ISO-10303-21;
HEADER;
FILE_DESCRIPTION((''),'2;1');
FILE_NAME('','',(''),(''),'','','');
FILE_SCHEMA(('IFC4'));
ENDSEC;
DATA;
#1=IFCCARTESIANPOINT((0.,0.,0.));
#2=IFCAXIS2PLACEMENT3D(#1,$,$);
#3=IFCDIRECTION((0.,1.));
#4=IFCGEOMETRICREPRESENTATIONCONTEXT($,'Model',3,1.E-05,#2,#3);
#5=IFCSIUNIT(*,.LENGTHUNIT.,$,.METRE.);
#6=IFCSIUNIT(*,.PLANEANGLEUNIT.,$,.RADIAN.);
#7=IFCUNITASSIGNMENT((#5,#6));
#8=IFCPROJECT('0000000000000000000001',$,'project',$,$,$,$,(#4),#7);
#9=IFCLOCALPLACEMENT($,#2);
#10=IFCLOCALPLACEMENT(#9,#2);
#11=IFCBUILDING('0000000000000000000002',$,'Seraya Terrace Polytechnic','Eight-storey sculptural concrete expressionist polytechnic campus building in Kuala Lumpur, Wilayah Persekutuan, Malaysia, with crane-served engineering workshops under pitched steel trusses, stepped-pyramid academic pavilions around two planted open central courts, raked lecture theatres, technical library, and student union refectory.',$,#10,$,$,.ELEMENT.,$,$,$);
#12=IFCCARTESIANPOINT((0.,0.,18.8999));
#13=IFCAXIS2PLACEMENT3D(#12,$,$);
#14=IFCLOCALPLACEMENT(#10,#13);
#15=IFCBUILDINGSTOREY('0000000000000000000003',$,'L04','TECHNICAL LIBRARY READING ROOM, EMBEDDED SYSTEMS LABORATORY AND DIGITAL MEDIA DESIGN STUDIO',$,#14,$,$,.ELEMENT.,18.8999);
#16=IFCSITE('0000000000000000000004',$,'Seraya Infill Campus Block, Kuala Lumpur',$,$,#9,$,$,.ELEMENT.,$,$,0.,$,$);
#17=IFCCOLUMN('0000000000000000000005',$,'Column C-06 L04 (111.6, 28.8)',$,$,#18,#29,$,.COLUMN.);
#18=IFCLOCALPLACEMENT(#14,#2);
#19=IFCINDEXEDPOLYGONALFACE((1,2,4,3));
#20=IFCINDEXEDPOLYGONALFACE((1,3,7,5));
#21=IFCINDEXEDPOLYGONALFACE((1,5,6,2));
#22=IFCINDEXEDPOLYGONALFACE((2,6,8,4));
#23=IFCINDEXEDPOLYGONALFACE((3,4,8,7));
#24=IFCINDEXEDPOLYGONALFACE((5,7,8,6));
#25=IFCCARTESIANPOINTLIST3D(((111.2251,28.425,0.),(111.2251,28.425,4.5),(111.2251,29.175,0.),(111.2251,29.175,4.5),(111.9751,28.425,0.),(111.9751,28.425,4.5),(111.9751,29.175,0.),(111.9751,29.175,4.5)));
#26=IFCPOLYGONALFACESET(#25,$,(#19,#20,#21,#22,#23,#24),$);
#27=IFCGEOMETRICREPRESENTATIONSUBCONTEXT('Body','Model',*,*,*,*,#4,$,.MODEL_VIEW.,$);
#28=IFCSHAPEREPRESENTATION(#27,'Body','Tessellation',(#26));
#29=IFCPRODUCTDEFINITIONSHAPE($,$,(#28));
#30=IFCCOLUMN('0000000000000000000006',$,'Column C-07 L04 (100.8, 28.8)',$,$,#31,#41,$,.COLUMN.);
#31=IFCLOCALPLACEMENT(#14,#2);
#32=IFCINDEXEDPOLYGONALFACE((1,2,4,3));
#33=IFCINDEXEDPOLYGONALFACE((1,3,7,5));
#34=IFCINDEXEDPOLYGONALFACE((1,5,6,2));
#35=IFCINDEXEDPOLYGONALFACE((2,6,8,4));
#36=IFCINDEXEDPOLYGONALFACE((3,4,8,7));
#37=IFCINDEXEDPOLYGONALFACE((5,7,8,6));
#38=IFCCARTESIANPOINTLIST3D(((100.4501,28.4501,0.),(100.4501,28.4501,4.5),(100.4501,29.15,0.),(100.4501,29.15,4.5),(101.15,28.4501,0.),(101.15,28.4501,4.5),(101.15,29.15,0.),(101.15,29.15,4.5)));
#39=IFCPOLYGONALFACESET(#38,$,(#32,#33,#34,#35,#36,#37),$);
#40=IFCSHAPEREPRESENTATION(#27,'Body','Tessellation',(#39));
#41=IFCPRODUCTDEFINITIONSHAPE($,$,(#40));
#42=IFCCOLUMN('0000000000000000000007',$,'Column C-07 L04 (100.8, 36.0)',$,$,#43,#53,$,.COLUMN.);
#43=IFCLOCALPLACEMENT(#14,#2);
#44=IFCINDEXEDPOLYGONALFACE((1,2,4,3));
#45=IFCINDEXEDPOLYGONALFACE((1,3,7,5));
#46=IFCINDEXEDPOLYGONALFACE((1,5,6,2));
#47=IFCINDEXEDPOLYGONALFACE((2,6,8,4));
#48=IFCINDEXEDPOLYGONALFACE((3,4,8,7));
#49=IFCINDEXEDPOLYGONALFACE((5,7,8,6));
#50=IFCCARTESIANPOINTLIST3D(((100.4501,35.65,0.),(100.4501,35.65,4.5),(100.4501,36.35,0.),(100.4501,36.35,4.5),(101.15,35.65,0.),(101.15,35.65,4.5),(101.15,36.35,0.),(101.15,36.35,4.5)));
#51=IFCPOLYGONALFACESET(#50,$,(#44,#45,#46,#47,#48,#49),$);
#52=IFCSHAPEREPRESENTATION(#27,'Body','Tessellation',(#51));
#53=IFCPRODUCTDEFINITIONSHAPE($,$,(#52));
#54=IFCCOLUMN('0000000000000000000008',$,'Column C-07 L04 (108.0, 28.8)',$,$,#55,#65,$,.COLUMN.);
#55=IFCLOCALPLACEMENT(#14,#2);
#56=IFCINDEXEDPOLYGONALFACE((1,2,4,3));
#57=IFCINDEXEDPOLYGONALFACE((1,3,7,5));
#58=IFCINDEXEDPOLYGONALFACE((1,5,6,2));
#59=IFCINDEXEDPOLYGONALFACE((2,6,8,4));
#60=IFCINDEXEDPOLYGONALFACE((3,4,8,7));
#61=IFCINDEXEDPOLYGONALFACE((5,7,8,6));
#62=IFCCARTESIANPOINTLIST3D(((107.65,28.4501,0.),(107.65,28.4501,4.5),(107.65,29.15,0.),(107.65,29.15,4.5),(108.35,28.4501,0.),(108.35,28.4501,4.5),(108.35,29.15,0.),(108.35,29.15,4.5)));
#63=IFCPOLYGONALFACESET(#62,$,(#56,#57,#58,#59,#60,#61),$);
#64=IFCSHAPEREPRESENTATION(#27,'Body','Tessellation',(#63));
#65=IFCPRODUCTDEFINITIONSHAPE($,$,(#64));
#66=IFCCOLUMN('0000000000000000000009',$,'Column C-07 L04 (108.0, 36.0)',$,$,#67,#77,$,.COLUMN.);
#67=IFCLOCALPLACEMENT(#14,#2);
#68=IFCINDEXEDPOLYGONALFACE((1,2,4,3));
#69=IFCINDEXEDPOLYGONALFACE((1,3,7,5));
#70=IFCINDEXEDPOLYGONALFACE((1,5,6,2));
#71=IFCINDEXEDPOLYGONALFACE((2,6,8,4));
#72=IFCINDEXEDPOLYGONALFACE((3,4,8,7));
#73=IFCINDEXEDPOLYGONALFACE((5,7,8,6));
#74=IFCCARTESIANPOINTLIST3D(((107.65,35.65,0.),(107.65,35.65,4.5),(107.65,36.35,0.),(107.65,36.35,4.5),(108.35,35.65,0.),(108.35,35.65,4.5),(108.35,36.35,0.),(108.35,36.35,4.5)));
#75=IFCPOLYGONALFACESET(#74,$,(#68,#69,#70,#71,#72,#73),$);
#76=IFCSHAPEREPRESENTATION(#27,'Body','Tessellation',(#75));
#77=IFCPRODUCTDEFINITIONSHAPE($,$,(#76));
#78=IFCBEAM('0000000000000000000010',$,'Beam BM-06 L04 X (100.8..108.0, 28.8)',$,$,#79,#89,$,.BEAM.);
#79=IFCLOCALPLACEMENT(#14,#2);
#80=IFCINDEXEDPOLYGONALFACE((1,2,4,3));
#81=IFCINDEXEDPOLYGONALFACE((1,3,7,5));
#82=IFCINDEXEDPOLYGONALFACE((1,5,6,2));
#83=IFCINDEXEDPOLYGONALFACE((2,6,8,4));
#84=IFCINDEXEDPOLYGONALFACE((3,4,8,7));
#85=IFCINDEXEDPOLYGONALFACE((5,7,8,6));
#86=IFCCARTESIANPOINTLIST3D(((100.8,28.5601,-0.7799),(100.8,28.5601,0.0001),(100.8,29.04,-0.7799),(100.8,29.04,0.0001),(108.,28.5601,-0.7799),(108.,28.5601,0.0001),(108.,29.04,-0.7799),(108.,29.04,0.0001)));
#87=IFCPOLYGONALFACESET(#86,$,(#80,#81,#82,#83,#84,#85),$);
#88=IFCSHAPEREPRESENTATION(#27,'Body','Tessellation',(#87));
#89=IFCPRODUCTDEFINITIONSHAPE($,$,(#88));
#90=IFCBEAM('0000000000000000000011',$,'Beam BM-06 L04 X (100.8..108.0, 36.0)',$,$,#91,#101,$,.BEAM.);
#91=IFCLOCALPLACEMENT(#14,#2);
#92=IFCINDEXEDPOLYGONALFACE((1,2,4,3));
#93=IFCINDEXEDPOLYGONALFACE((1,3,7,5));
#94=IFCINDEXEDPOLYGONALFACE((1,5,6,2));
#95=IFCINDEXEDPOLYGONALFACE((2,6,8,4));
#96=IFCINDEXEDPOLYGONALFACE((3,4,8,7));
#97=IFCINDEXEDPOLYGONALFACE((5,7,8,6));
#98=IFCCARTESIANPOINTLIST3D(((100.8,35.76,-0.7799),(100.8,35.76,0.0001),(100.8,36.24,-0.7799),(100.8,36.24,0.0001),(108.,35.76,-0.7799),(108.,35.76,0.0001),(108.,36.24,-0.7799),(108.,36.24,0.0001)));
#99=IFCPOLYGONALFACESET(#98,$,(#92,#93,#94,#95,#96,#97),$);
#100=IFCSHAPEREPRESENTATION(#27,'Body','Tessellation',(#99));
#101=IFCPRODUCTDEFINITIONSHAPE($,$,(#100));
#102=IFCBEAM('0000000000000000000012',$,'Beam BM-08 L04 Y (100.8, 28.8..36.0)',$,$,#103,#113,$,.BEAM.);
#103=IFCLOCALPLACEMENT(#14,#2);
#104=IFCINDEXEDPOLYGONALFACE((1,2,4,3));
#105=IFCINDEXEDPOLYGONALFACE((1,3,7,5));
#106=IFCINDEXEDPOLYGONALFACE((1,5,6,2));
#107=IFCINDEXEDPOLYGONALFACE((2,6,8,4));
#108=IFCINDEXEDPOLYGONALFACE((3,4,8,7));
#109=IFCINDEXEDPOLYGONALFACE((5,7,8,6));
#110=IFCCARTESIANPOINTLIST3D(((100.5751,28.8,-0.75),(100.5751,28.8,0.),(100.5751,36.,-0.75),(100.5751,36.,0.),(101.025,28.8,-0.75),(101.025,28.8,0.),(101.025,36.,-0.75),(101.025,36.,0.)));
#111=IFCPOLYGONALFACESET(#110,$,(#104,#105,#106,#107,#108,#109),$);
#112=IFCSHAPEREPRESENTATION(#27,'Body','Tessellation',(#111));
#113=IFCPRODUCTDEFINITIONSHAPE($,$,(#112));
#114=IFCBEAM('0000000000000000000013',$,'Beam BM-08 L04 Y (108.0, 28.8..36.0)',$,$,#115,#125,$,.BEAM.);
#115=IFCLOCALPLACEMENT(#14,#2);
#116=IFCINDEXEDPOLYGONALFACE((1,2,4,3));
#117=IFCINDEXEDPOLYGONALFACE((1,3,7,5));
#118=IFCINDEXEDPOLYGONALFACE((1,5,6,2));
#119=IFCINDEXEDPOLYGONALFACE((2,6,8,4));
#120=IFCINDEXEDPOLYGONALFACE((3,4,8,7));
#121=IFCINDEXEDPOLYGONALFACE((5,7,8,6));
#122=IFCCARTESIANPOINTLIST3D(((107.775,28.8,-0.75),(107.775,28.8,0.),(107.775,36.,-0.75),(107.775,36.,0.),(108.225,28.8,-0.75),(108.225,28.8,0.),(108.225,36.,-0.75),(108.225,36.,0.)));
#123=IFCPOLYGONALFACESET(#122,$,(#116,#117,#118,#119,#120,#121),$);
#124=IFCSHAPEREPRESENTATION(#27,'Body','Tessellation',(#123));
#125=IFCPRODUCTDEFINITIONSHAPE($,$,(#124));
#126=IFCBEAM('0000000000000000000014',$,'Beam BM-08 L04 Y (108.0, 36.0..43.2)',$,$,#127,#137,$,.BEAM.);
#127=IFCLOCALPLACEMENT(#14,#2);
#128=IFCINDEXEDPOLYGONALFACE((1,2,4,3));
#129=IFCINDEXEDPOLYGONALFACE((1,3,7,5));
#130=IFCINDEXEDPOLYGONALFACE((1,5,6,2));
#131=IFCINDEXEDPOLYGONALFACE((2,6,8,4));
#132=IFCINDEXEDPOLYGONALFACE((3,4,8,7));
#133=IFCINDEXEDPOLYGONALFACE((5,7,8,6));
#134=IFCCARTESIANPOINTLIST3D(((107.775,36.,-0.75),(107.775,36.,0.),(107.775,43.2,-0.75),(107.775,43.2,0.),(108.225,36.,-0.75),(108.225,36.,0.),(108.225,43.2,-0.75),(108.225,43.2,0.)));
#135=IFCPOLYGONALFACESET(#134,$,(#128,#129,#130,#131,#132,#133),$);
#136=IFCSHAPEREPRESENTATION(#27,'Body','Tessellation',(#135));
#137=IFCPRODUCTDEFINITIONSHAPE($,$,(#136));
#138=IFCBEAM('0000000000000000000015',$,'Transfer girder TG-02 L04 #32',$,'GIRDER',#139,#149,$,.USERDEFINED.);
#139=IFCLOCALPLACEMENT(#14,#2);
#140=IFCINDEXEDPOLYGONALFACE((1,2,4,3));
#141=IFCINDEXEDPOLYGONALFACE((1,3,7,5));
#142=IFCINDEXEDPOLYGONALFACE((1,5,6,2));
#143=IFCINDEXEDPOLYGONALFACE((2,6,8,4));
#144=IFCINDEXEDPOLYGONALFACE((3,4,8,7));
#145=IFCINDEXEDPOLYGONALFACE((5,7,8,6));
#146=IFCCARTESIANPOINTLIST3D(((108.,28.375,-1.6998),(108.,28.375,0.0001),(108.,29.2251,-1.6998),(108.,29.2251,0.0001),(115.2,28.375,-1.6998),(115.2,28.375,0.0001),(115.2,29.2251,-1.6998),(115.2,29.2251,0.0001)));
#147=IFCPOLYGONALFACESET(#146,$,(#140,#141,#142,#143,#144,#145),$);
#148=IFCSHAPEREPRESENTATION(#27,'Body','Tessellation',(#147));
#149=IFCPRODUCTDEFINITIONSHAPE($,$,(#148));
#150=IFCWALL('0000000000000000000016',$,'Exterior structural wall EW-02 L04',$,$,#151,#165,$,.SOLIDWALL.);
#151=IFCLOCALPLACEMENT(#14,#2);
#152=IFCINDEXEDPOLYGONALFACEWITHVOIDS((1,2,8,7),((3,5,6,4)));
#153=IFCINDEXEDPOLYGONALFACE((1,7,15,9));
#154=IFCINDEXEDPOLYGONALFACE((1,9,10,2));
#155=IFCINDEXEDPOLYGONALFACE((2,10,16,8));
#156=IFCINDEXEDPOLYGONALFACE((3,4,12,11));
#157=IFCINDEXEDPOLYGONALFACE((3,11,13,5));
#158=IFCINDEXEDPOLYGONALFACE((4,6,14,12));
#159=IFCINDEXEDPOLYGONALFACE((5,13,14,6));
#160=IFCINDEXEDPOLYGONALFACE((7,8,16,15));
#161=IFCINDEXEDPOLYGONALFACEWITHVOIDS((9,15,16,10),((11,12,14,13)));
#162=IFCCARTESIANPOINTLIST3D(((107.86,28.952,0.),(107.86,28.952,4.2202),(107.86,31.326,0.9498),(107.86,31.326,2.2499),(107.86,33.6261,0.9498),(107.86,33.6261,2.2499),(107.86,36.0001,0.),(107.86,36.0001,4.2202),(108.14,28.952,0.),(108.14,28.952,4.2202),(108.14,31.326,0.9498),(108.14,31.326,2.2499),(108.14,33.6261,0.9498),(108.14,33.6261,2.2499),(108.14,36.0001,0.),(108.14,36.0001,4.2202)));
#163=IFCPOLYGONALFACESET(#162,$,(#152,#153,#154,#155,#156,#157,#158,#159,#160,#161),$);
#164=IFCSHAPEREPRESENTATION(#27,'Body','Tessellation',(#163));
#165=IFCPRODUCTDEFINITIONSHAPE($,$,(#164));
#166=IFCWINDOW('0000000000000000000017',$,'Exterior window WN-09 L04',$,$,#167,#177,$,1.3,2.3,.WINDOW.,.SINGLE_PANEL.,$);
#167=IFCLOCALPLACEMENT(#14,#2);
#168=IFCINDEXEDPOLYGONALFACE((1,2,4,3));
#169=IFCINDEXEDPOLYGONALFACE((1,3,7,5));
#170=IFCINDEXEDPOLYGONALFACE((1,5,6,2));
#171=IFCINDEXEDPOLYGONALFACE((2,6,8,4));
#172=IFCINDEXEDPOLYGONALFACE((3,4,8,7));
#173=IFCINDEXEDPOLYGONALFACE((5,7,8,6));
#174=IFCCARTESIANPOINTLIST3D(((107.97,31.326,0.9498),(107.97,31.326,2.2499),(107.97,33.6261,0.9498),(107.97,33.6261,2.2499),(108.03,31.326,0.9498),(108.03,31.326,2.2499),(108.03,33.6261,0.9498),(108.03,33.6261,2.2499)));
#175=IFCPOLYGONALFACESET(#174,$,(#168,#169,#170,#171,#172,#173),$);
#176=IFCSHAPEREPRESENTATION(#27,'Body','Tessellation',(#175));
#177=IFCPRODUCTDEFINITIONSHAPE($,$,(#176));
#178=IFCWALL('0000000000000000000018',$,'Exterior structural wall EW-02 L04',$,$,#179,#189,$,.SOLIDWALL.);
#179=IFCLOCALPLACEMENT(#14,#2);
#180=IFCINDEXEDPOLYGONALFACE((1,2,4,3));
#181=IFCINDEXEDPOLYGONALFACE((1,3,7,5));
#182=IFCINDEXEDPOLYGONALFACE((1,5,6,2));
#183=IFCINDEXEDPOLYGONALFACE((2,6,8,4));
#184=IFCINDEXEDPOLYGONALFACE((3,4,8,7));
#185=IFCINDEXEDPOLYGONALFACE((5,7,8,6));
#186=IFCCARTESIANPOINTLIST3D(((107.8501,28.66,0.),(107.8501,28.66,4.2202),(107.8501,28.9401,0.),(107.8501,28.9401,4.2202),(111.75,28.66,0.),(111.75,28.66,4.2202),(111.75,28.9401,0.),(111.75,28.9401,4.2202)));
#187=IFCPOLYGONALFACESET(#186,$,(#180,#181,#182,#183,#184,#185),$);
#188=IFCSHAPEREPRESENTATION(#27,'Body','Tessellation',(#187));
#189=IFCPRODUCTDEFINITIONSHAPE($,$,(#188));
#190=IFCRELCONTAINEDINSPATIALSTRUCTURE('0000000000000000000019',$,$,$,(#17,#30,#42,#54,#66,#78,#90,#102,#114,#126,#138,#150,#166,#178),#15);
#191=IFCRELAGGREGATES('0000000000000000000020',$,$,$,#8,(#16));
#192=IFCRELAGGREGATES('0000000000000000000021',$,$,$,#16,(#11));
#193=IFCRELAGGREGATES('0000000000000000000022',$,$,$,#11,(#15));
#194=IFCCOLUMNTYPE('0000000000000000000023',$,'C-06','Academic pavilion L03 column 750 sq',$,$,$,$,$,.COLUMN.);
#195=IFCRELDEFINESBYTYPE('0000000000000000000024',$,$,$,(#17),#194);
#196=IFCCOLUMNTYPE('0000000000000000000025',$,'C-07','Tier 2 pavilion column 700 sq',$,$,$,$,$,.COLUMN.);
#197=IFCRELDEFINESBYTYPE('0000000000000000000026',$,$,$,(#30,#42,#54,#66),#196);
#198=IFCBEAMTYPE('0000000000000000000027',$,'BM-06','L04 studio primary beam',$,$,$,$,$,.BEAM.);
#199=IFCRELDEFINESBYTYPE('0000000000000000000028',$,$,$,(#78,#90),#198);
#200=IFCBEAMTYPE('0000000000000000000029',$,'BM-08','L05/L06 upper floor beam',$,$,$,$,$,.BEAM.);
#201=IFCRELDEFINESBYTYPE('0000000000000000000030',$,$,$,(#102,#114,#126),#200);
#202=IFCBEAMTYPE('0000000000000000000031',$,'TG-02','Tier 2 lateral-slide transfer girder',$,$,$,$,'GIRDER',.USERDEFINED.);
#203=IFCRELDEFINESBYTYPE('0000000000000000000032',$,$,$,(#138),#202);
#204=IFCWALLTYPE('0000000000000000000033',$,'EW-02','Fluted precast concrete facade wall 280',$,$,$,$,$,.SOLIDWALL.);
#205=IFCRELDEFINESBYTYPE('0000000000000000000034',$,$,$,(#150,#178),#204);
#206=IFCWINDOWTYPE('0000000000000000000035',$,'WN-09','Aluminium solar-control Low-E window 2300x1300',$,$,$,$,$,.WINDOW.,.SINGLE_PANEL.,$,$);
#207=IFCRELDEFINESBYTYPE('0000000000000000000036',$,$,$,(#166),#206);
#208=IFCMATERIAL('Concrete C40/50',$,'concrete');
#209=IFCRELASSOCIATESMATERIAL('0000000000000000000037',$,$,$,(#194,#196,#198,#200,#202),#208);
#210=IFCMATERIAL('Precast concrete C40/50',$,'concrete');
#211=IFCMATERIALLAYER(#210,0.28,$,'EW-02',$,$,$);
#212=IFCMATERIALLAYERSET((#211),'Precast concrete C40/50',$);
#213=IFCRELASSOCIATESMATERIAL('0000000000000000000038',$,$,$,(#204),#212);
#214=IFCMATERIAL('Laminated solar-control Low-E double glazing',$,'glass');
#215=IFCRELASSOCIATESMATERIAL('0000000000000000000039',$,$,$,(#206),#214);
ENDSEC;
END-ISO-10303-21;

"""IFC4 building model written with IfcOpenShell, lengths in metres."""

from ifc_helpers import new_model, si_unit, direction, frame, frame_2d, origin, origin_2d, place, context, subcontext, project, spatial, rectangle, extrude, material, layer, layer_set, material_profile, profile_set, type_object, element, fill, save


model = new_model("IFC4")

# Units and contexts
model_context = context("Model", 3, precision=1e-05, world=origin(), true_north=direction((0.0, 1.0)))
body_context = subcontext(model_context, "Body", "Model", "MODEL_VIEW")
ifc_project = project(units=[si_unit("LENGTHUNIT", "METRE"), si_unit("PLANEANGLEUNIT", "RADIAN")], contexts=[model_context])

# Site, building, storey
site_placement = place(None, origin())
site = spatial("IfcSite", under=ifc_project, at=site_placement, Name="Seraya Infill Campus Block, Kuala Lumpur", CompositionType="ELEMENT", RefElevation=0.0)
building_placement = place(site_placement, origin())
building = spatial("IfcBuilding", under=site, at=building_placement, Name="Seraya Terrace Polytechnic", Description="Eight-storey sculptural concrete expressionist polytechnic campus building in Kuala Lumpur, Wilayah Persekutuan, Malaysia, with crane-served engineering workshops under pitched steel trusses, stepped-pyramid academic pavilions around two planted open central courts, raked lecture theatres, technical library, and student union refectory.", CompositionType="ELEMENT")
storey_placement = place(building_placement, frame((0.0, 0.0, 18.8999)))
storey = spatial("IfcBuildingStorey", under=building, at=storey_placement, Name="L04", Description="TECHNICAL LIBRARY READING ROOM, EMBEDDED SYSTEMS LABORATORY AND DIGITAL MEDIA DESIGN STUDIO", CompositionType="ELEMENT", Elevation=18.8999)

# Columns
ifc_material_1 = material(Name="Concrete C40/50", Category="concrete")
ifc_material_profile_1 = material_profile(ifc_material_1, rectangle(XDim=0.75, YDim=0.75, at=origin_2d()), Name="RC 750x750")
ifc_profile_set_1 = profile_set([ifc_material_profile_1], Name="Concrete C40/50")
column_type_1 = type_object("IfcColumnType", Name="C-06", Description="Academic pavilion L03 column 750 sq", PredefinedType="COLUMN", material=ifc_profile_set_1)
column_placement = place(storey_placement, frame((111.6001, 28.8, 0.0), z_axis=(0.0, 0.0, 1.0), x_axis=(1.0, 0.0, 0.0)))
element("IfcColumn", 1, at=column_placement, inside=storey, type_object=column_type_1, Name="Column C-06 L04 (111.6, 28.8)", PredefinedType="COLUMN", context=body_context, shape_type="SweptSolid", body=[
    extrude(rectangle(XDim=0.75, YDim=0.75, at=origin_2d()), origin(), (0.0, 0.0, 1.0), 4.5),
])
ifc_material_profile_2 = material_profile(ifc_material_1, rectangle(XDim=0.7, YDim=0.7, at=origin_2d()), Name="RC 700x700")
ifc_profile_set_2 = profile_set([ifc_material_profile_2], Name="Concrete C40/50")
column_type_2 = type_object("IfcColumnType", Name="C-07", Description="Tier 2 pavilion column 700 sq", PredefinedType="COLUMN", material=ifc_profile_set_2)
for number, where, z_axis, x_axis, name in (
    (2, (100.8, 28.8, 0.0), (0.0, 0.0, 1.0), (1.0, 0.0, 0.0), "Column C-07 L04 (100.8, 28.8)"),
    (3, (100.8, 36.0, 0.0), (0.0, 0.0, 1.0), (1.0, 0.0, 0.0), "Column C-07 L04 (100.8, 36.0)"),
    (4, (108.0, 28.8, 0.0), (0.0, 0.0, 1.0), (1.0, 0.0, 0.0), "Column C-07 L04 (108.0, 28.8)"),
    (5, (108.0, 36.0, 0.0), (0.0, 0.0, 1.0), (1.0, 0.0, 0.0), "Column C-07 L04 (108.0, 36.0)"),
):
    element("IfcColumn", number, at=place(storey_placement, frame(where, z_axis=z_axis, x_axis=x_axis)), inside=storey, type_object=column_type_2, Name=name, PredefinedType="COLUMN", context=body_context, shape_type="SweptSolid", body=[
        extrude(rectangle(XDim=0.7, YDim=0.7, at=origin_2d()), origin(), (0.0, 0.0, 1.0), 4.5),
    ])

# Beams
ifc_material_profile_3 = material_profile(ifc_material_1, rectangle(XDim=0.48, YDim=0.78, at=origin_2d()), Name="RC 480x780")
ifc_profile_set_3 = profile_set([ifc_material_profile_3], Name="Concrete C40/50")
beam_type_1 = type_object("IfcBeamType", Name="BM-06", Description="L04 studio primary beam", PredefinedType="BEAM", material=ifc_profile_set_3)
for number, where, z_axis, x_axis, name in (
    (6, (100.8, 28.8, -0.3899), (1.0, 0.0, 0.0), (0.0, 1.0, 0.0), "Beam BM-06 L04 X (100.8..108.0, 28.8)"),
    (7, (100.8, 36.0, -0.3899), (1.0, 0.0, 0.0), (0.0, 1.0, 0.0), "Beam BM-06 L04 X (100.8..108.0, 36.0)"),
):
    element("IfcBeam", number, at=place(storey_placement, frame(where, z_axis=z_axis, x_axis=x_axis)), inside=storey, type_object=beam_type_1, Name=name, PredefinedType="BEAM", context=body_context, shape_type="SweptSolid", body=[
        extrude(rectangle(XDim=0.48, YDim=0.78, at=origin_2d()), origin(), (0.0, 0.0, 1.0), 7.2),
    ])
ifc_material_profile_4 = material_profile(ifc_material_1, rectangle(XDim=0.45, YDim=0.75, at=origin_2d()), Name="RC 450x750")
ifc_profile_set_4 = profile_set([ifc_material_profile_4], Name="Concrete C40/50")
beam_type_2 = type_object("IfcBeamType", Name="BM-08", Description="L05/L06 upper floor beam", PredefinedType="BEAM", material=ifc_profile_set_4)
for number, where, z_axis, x_axis, name in (
    (8, (100.8, 28.8, -0.375), (0.0, 1.0, 0.0), (-1.0, 0.0, 0.0), "Beam BM-08 L04 Y (100.8, 28.8..36.0)"),
    (9, (108.0, 28.8, -0.375), (0.0, 1.0, 0.0), (-1.0, 0.0, 0.0), "Beam BM-08 L04 Y (108.0, 28.8..36.0)"),
    (10, (108.0, 36.0, -0.375), (0.0, 1.0, 0.0), (-1.0, 0.0, 0.0), "Beam BM-08 L04 Y (108.0, 36.0..43.2)"),
):
    element("IfcBeam", number, at=place(storey_placement, frame(where, z_axis=z_axis, x_axis=x_axis)), inside=storey, type_object=beam_type_2, Name=name, PredefinedType="BEAM", context=body_context, shape_type="SweptSolid", body=[
        extrude(rectangle(XDim=0.45, YDim=0.75, at=origin_2d()), origin(), (0.0, 0.0, 1.0), 7.2),
    ])
ifc_material_profile_5 = material_profile(ifc_material_1, rectangle(XDim=0.8501, YDim=1.7, at=origin_2d()), Name="RC 850x1700")
ifc_profile_set_5 = profile_set([ifc_material_profile_5], Name="Concrete C40/50")
beam_type_3 = type_object("IfcBeamType", Name="TG-02", Description="Tier 2 lateral-slide transfer girder", ElementType="GIRDER", PredefinedType="USERDEFINED", material=ifc_profile_set_5)
beam_placement = place(storey_placement, frame((108.0, 28.8, -0.8499), z_axis=(1.0, 0.0, 0.0), x_axis=(0.0, 1.0, 0.0)))
element("IfcBeam", 11, at=beam_placement, inside=storey, type_object=beam_type_3, Name="Transfer girder TG-02 L04 #32", ObjectType="GIRDER", PredefinedType="USERDEFINED", context=body_context, shape_type="SweptSolid", body=[
    extrude(rectangle(XDim=0.8501, YDim=1.7, at=origin_2d()), origin(), (0.0, 0.0, 1.0), 7.2),
])

# Wall, opening, window
ifc_material_2 = material(Name="Precast concrete C40/50", Category="concrete")
ifc_layer_1 = layer(ifc_material_2, 0.28, Name="EW-02")
ifc_layer_set_1 = layer_set([ifc_layer_1], Name="Precast concrete C40/50")
wall_type_1 = type_object("IfcWallType", Name="EW-02", Description="Fluted precast concrete facade wall 280", PredefinedType="SOLIDWALL", material=ifc_layer_set_1)
wall_1_placement = place(storey_placement, frame((108.0, 36.0, 0.0), z_axis=(0.0, 0.0, 1.0), x_axis=(0.0, -1.0, 0.0)))
wall_1 = element("IfcWall", 12, at=wall_1_placement, inside=storey, type_object=wall_type_1, Name="Exterior structural wall EW-02 L04", PredefinedType="SOLIDWALL", context=body_context, shape_type="SweptSolid", body=[
    extrude(rectangle(XDim=7.0481, YDim=0.28, at=frame_2d((3.5239, 0.0))), origin(), (0.0, 0.0, 1.0), 4.2202),
])
opening_1_placement = place(wall_1_placement, frame((2.374, 0.0, 0.95)))
opening_1 = element("IfcOpeningElement", 13, at=opening_1_placement, cuts=wall_1, PredefinedType="OPENING", context=body_context, shape_type="SweptSolid", body=[
    extrude(rectangle(XDim=2.3, YDim=1.3, at=frame_2d((1.1499, 0.6499))), frame((0.0, 0.1519, 0.0), z_axis=(0.0, -1.0, 0.0), x_axis=(1.0, 0.0, 0.0)), (0.0, 0.0, 1.0), 0.304),
])
ifc_material_3 = material(Name="Laminated solar-control Low-E double glazing", Category="glass")
window_type = type_object("IfcWindowType", Name="WN-09", Description="Aluminium solar-control Low-E window 2300x1300", PartitioningType="SINGLE_PANEL", PredefinedType="WINDOW", material=ifc_material_3)
window_placement = place(opening_1_placement, origin())
window = element("IfcWindow", 14, at=window_placement, inside=storey, type_object=window_type, Name="Exterior window WN-09 L04", OverallHeight=1.3, OverallWidth=2.3, PartitioningType="SINGLE_PANEL", PredefinedType="WINDOW", context=body_context, shape_type="SweptSolid", body=[
    extrude(rectangle(XDim=2.3, YDim=1.3, at=frame_2d((1.1499, 0.6499))), frame((0.0, 0.03, 0.0), z_axis=(0.0, -1.0, 0.0), x_axis=(1.0, 0.0, 0.0)), (0.0, 0.0, 1.0), 0.0601),
])
fill(opening_1, window)

# Wall
wall_2_placement = place(storey_placement, frame((107.8501, 28.8, 0.0), z_axis=(0.0, 0.0, 1.0), x_axis=(1.0, 0.0, 0.0)))
element("IfcWall", 15, at=wall_2_placement, inside=storey, type_object=wall_type_1, Name="Exterior structural wall EW-02 L04", PredefinedType="SOLIDWALL", context=body_context, shape_type="SweptSolid", body=[
    extrude(rectangle(XDim=3.8999, YDim=0.28, at=frame_2d((1.95, 0.0))), origin(), (0.0, 0.0, 1.0), 4.2202),
])

save(model, "model.ifc")
